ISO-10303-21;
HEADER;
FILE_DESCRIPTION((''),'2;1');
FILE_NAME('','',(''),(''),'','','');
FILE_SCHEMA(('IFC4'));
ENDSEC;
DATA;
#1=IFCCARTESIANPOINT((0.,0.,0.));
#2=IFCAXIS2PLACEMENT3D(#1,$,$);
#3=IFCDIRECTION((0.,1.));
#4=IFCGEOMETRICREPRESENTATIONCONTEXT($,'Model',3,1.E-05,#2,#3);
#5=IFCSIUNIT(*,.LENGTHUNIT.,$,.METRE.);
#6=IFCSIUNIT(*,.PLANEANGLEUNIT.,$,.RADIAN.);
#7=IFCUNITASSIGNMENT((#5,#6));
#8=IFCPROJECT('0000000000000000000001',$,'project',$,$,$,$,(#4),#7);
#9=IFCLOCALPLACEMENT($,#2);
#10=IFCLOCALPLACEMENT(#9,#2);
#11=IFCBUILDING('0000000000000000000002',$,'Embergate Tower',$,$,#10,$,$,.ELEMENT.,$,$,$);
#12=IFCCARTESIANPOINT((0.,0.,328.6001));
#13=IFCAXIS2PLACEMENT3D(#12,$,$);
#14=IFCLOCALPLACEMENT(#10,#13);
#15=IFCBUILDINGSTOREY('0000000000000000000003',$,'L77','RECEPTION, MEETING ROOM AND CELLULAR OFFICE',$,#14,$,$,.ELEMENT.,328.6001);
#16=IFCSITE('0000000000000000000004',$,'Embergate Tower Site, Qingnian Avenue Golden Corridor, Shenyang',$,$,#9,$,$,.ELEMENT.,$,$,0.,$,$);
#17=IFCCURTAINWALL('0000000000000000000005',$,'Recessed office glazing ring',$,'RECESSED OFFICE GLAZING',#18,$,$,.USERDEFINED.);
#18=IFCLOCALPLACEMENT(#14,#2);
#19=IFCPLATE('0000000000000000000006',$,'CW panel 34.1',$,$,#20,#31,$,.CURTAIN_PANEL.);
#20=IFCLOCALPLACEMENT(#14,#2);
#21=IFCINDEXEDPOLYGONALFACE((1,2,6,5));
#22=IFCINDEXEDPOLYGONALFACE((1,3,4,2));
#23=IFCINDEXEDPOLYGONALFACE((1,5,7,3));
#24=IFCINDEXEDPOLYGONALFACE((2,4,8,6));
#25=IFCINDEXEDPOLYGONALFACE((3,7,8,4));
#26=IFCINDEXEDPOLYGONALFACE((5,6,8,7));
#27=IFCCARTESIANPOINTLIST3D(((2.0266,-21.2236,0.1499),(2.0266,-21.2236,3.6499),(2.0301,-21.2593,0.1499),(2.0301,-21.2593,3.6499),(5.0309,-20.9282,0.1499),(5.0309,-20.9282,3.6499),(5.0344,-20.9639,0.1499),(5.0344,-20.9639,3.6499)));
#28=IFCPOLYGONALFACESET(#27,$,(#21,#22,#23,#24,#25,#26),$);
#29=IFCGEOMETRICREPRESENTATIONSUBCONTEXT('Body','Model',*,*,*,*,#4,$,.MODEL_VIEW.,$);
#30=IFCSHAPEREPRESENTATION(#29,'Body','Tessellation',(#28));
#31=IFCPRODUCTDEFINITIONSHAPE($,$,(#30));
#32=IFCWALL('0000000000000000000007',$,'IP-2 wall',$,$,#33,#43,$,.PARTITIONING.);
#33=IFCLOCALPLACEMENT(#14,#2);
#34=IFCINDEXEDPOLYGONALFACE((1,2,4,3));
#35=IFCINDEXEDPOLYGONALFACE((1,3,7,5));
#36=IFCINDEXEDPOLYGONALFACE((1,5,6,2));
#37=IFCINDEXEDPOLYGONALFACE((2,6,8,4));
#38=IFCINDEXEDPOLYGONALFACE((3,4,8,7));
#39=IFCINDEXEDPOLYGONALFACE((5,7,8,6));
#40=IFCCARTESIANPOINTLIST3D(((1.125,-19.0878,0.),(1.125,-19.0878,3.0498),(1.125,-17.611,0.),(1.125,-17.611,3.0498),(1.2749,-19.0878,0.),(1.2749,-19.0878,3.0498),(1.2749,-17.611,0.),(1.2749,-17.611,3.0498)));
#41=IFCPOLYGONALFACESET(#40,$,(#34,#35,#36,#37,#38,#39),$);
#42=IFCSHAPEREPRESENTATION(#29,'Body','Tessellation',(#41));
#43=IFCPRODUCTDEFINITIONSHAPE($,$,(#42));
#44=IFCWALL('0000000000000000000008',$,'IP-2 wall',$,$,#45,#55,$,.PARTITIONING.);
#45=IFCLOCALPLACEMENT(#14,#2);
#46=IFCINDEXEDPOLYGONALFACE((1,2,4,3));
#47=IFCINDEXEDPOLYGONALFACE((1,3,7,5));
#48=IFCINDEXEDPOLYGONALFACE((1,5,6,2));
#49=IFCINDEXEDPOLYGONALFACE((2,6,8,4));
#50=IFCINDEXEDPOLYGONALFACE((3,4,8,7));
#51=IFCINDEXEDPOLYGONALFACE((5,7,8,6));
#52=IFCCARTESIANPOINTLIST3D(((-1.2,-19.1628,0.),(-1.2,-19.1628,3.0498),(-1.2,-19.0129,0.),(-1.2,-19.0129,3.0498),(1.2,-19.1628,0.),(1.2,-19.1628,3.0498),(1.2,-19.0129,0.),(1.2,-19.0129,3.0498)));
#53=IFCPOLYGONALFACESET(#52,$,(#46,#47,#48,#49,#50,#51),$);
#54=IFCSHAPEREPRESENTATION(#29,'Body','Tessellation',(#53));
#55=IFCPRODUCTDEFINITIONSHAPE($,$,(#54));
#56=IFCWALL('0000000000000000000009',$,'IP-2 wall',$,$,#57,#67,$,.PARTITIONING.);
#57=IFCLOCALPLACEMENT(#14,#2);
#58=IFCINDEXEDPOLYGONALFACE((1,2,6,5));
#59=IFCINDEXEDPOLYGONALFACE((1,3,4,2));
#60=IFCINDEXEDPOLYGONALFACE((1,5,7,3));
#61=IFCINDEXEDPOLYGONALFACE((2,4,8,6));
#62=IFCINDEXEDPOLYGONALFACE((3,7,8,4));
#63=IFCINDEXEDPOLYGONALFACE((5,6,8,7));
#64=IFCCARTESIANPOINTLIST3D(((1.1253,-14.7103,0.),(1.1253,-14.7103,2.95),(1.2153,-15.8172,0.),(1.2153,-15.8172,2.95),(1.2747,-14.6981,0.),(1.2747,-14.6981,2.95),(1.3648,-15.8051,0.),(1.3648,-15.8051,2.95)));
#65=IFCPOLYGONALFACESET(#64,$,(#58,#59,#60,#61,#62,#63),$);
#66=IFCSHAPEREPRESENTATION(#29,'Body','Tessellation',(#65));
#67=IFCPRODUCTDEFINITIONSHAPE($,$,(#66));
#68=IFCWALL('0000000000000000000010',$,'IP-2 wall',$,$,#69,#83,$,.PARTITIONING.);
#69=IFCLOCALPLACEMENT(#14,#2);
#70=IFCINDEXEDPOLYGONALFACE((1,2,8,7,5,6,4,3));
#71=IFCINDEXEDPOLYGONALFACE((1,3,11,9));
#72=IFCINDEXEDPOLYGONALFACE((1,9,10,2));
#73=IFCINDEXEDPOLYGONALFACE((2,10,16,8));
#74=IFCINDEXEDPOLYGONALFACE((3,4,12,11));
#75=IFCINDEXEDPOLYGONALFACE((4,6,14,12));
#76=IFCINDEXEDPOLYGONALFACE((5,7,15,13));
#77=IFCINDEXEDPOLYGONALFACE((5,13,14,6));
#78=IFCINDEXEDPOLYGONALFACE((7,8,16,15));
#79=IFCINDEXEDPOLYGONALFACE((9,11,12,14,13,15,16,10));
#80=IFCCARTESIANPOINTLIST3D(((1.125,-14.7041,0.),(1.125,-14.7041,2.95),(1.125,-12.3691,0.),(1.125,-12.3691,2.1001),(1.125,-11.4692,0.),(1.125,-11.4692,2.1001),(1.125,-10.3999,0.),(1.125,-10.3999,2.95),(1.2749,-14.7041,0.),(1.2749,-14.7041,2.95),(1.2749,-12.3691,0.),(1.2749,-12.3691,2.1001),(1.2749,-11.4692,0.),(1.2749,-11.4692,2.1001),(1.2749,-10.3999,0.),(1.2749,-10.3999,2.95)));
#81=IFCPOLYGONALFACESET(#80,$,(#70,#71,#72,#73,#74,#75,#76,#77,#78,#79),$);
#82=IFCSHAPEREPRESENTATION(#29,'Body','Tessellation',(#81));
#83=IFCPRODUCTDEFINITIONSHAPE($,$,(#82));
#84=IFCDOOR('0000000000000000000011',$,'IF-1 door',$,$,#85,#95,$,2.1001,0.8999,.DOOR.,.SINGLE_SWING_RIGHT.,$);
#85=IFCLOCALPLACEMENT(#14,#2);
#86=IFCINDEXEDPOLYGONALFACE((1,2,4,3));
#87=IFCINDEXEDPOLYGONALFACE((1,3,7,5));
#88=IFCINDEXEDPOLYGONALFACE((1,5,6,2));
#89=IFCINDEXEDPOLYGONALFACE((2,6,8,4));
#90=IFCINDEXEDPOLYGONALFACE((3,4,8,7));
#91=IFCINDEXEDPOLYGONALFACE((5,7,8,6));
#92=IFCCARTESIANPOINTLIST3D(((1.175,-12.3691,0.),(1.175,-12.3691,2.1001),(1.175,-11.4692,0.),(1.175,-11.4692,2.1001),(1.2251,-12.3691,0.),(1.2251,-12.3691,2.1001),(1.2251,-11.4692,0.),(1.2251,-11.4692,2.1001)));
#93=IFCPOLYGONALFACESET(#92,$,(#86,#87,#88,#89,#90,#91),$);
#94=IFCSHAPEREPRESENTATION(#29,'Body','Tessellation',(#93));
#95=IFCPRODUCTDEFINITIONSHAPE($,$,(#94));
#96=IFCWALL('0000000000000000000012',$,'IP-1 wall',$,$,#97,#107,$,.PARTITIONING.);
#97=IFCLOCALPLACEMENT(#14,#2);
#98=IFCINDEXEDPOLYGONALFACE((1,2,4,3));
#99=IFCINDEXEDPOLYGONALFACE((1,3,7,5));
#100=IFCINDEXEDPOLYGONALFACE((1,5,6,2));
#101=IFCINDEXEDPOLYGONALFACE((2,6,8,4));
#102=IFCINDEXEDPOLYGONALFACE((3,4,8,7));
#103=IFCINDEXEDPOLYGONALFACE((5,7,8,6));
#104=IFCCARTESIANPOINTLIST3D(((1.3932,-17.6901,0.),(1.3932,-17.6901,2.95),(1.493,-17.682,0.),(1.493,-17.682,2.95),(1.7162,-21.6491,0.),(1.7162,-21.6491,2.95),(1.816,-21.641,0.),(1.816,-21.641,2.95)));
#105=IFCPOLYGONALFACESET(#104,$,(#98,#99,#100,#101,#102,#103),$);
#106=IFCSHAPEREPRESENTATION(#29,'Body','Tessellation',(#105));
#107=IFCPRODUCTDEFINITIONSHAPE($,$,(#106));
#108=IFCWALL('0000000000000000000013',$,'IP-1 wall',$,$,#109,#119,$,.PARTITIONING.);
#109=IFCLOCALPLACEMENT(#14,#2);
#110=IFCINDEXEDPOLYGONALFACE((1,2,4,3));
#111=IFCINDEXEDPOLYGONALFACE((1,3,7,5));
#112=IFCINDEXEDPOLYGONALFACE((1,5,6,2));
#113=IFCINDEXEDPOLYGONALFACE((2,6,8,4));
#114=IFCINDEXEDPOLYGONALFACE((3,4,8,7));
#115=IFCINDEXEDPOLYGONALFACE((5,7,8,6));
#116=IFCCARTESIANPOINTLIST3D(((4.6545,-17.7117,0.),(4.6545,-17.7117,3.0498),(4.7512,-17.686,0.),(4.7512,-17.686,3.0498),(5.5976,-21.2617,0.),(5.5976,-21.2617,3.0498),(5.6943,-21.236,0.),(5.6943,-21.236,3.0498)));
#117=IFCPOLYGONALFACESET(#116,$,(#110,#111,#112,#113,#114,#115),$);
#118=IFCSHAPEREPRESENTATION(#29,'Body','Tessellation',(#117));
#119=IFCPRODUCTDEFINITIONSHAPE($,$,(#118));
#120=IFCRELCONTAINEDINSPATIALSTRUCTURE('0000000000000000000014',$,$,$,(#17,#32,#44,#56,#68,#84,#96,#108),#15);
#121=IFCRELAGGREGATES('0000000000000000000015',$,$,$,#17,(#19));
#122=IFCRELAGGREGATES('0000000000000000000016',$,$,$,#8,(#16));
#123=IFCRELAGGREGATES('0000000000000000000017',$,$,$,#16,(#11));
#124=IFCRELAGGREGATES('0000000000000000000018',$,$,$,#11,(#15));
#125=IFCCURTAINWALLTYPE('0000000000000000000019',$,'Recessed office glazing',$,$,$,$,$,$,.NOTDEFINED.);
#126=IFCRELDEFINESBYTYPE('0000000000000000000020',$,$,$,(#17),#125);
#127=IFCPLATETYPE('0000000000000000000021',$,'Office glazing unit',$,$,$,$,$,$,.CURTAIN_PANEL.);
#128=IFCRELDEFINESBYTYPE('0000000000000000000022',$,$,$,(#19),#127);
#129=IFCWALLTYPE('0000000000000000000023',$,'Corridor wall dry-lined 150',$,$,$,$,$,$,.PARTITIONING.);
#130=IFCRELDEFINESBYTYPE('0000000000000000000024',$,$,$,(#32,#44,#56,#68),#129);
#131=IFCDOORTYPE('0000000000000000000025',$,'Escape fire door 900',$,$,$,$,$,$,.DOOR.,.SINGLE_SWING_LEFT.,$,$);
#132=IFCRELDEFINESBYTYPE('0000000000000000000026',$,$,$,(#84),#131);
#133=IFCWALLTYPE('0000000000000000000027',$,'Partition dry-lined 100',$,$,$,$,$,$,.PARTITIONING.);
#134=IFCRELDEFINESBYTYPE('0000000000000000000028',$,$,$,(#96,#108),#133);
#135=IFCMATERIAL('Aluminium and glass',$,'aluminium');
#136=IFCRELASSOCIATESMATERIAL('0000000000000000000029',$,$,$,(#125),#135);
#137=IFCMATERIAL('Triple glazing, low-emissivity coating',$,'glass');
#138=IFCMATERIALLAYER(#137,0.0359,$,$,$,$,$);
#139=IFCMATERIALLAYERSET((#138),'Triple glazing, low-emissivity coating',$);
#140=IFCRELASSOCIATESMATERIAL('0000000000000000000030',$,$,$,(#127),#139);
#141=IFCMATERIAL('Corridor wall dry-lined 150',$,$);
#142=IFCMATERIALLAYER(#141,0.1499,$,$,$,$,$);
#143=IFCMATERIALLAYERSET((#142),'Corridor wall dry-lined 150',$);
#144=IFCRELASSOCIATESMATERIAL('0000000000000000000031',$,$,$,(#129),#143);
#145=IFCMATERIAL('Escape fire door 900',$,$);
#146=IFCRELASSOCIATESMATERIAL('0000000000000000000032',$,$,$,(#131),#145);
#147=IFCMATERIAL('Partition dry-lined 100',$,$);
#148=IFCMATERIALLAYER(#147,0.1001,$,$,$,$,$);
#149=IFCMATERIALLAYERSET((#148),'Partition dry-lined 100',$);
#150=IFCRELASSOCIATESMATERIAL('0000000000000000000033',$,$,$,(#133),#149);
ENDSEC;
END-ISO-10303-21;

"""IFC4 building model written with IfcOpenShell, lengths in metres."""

from ifc_helpers import new_model, si_unit, direction, frame, frame_2d, origin, origin_2d, place, context, subcontext, project, spatial, rectangle, extrude, source, transform, mapped, material, layer, layer_set, type_object, element, fill, aggregate, save


model = new_model("IFC4")

# Units and contexts
model_context = context("Model", 3, precision=1e-05, world=origin(), true_north=direction((0.0, 1.0)))
body_context = subcontext(model_context, "Body", "Model", "MODEL_VIEW")
ifc_project = project(units=[si_unit("LENGTHUNIT", "METRE"), si_unit("PLANEANGLEUNIT", "RADIAN")], contexts=[model_context])

# Site, building, storey
site_placement = place(None, origin())
site = spatial("IfcSite", under=ifc_project, at=site_placement, Name="Embergate Tower Site, Qingnian Avenue Golden Corridor, Shenyang", CompositionType="ELEMENT", RefElevation=0.0)
building_placement = place(site_placement, origin())
building = spatial("IfcBuilding", under=site, at=building_placement, Name="Embergate Tower", CompositionType="ELEMENT")
storey_placement = place(building_placement, frame((0.0, 0.0, 328.6001)))
storey = spatial("IfcBuildingStorey", under=building, at=storey_placement, Name="L77", Description="RECEPTION, MEETING ROOM AND CELLULAR OFFICE", CompositionType="ELEMENT", Elevation=328.6001)

# Curtain wall, plate
ifc_material_1 = material(Name="Aluminium and glass", Category="aluminium")
curtain_wall_type = type_object("IfcCurtainWallType", Name="Recessed office glazing", PredefinedType="NOTDEFINED", material=ifc_material_1)
curtain_wall_placement = place(storey_placement, origin())
curtain_wall = element("IfcCurtainWall", 1, at=curtain_wall_placement, inside=storey, type_object=curtain_wall_type, Name="Recessed office glazing ring", ObjectType="RECESSED OFFICE GLAZING", PredefinedType="USERDEFINED")
ifc_material_2 = material(Name="Triple glazing, low-emissivity coating", Category="glass")
ifc_layer_1 = layer(ifc_material_2, 0.0359)
ifc_layer_set_1 = layer_set([ifc_layer_1], Name="Triple glazing, low-emissivity coating")
plate_type = type_object("IfcPlateType", Name="Office glazing unit", PredefinedType="CURTAIN_PANEL", material=ifc_layer_set_1)
shared_shape_1 = source(origin(), body_context, "Body", "SweptSolid", [
    extrude(rectangle(XDim=3.0188, YDim=0.0359, at=origin_2d()), origin(), (0.0, 0.0, 1.0), 3.5),
])
plate_placement = place(storey_placement, frame((3.5305, -21.0938, 0.1499), z_axis=(0.0, 0.0, 1.0), x_axis=(0.995203, 0.09783, 0.0)))
plate = element("IfcPlate", 2, at=plate_placement, type_object=plate_type, Name="CW panel 34.1", PredefinedType="CURTAIN_PANEL", context=body_context, shape_type="MappedRepresentation", body=[
    mapped(shared_shape_1, transform((0.0, 0.0, 0.0))),
])
aggregate(curtain_wall, [plate])

# Walls
ifc_material_3 = material(Name="Corridor wall dry-lined 150")
ifc_layer_2 = layer(ifc_material_3, 0.1499)
ifc_layer_set_2 = layer_set([ifc_layer_2], Name="Corridor wall dry-lined 150")
wall_type_1 = type_object("IfcWallType", Name="Corridor wall dry-lined 150", PredefinedType="PARTITIONING", material=ifc_layer_set_2)
shared_shape_2 = source(origin(), body_context, "Body", "SweptSolid", [
    extrude(rectangle(XDim=1.4768, YDim=0.1499, at=frame_2d((0.7383, 0.0))), origin(), (0.0, 0.0, 1.0), 3.0498),
])
wall_1_placement = place(storey_placement, frame((1.2, -17.6111, 0.0), z_axis=(0.0, 0.0, 1.0), x_axis=(0.0, -1.0, 0.0)))
element("IfcWall", 3, at=wall_1_placement, inside=storey, type_object=wall_type_1, Name="IP-2 wall", PredefinedType="PARTITIONING", context=body_context, shape_type="MappedRepresentation", body=[
    mapped(shared_shape_2, transform((0.0, 0.0, 0.0))),
])
shared_shape_3 = source(origin(), body_context, "Body", "SweptSolid", [
    extrude(rectangle(XDim=2.3999, YDim=0.1499, at=frame_2d((1.2, 0.0))), origin(), (0.0, 0.0, 1.0), 3.0498),
])
wall_2_placement = place(storey_placement, frame((1.2, -19.0879, 0.0), z_axis=(0.0, 0.0, 1.0), x_axis=(-1.0, 0.0, 0.0)))
element("IfcWall", 4, at=wall_2_placement, inside=storey, type_object=wall_type_1, Name="IP-2 wall", PredefinedType="PARTITIONING", context=body_context, shape_type="MappedRepresentation", body=[
    mapped(shared_shape_3, transform((0.0, 0.0, 0.0))),
])
shared_shape_4 = source(origin(), body_context, "Body", "SweptSolid", [
    extrude(rectangle(XDim=1.1106, YDim=0.1499, at=frame_2d((0.5552, 0.0))), origin(), (0.0, 0.0, 1.0), 2.95),
])
wall_3_placement = place(storey_placement, frame((1.29, -15.811, 0.0), z_axis=(0.0, 0.0, 1.0), x_axis=(-0.081117, 0.996705, 0.0)))
element("IfcWall", 5, at=wall_3_placement, inside=storey, type_object=wall_type_1, Name="IP-2 wall", PredefinedType="PARTITIONING", context=body_context, shape_type="MappedRepresentation", body=[
    mapped(shared_shape_4, transform((0.0, 0.0, 0.0))),
])

# Wall, opening, door
shared_shape_5 = source(origin(), body_context, "Body", "SweptSolid", [
    extrude(rectangle(XDim=4.3042, YDim=0.1499, at=frame_2d((2.1521, 0.0))), origin(), (0.0, 0.0, 1.0), 2.95),
])
wall_4_placement = place(storey_placement, frame((1.2, -14.7041, 0.0), z_axis=(0.0, 0.0, 1.0), x_axis=(0.0, 1.0, 0.0)))
wall_4 = element("IfcWall", 6, at=wall_4_placement, inside=storey, type_object=wall_type_1, Name="IP-2 wall", PredefinedType="PARTITIONING", context=body_context, shape_type="MappedRepresentation", body=[
    mapped(shared_shape_5, transform((0.0, 0.0, 0.0))),
])
shared_shape_6 = source(origin(), body_context, "Body", "SweptSolid", [
    extrude(rectangle(XDim=0.8999, YDim=2.1001, at=frame_2d((0.45, 1.05))), frame((0.0, 0.085, 0.0), z_axis=(0.0, -1.0, 0.0), x_axis=(1.0, 0.0, 0.0)), (0.0, 0.0, 1.0), 0.1699),
])
opening_placement = place(wall_4_placement, frame((2.335, 0.0, 0.0)))
opening = element("IfcOpeningElement", 7, at=opening_placement, cuts=wall_4, PredefinedType="OPENING", context=body_context, shape_type="MappedRepresentation", body=[
    mapped(shared_shape_6, transform((0.0, 0.0, 0.0))),
])
ifc_material_4 = material(Name="Escape fire door 900")
door_type = type_object("IfcDoorType", Name="Escape fire door 900", OperationType="SINGLE_SWING_LEFT", PredefinedType="DOOR", material=ifc_material_4)
shared_shape_7 = source(origin(), body_context, "Body", "SweptSolid", [
    extrude(rectangle(XDim=0.8999, YDim=2.1001, at=frame_2d((0.45, 1.05))), frame((0.0, 0.0249, 0.0), z_axis=(0.0, -1.0, 0.0), x_axis=(1.0, 0.0, 0.0)), (0.0, 0.0, 1.0), 0.05),
])
door_placement = place(opening_placement, origin())
door = element("IfcDoor", 8, at=door_placement, inside=storey, type_object=door_type, Name="IF-1 door", OperationType="SINGLE_SWING_RIGHT", OverallHeight=2.1001, OverallWidth=0.8999, PredefinedType="DOOR", context=body_context, shape_type="MappedRepresentation", body=[
    mapped(shared_shape_7, transform((0.0, 0.0, 0.0))),
])
fill(opening, door)

# Walls
ifc_material_5 = material(Name="Partition dry-lined 100")
ifc_layer_3 = layer(ifc_material_5, 0.1001)
ifc_layer_set_3 = layer_set([ifc_layer_3], Name="Partition dry-lined 100")
wall_type_2 = type_object("IfcWallType", Name="Partition dry-lined 100", PredefinedType="PARTITIONING", material=ifc_layer_set_3)
shared_shape_8 = source(origin(), body_context, "Body", "SweptSolid", [
    extrude(rectangle(XDim=3.9722, YDim=0.1001, at=frame_2d((1.9861, 0.0))), origin(), (0.0, 0.0, 1.0), 2.95),
])
wall_5_placement = place(storey_placement, frame((1.4431, -17.686, 0.0), z_axis=(0.0, 0.0, 1.0), x_axis=(0.081316, -0.996688, 0.0)))
element("IfcWall", 9, at=wall_5_placement, inside=storey, type_object=wall_type_2, Name="IP-1 wall", PredefinedType="PARTITIONING", context=body_context, shape_type="MappedRepresentation", body=[
    mapped(shared_shape_8, transform((0.0, 0.0, 0.0))),
])
shared_shape_9 = source(origin(), body_context, "Body", "SweptSolid", [
    extrude(rectangle(XDim=3.6731, YDim=0.1001, at=frame_2d((1.8364, 0.0))), origin(), (0.0, 0.0, 1.0), 3.0498),
])
wall_6_placement = place(storey_placement, frame((4.7029, -17.699, 0.0), z_axis=(0.0, 0.0, 1.0), x_axis=(0.256757, -0.966476, 0.0)))
element("IfcWall", 10, at=wall_6_placement, inside=storey, type_object=wall_type_2, Name="IP-1 wall", PredefinedType="PARTITIONING", context=body_context, shape_type="MappedRepresentation", body=[
    mapped(shared_shape_9, transform((0.0, 0.0, 0.0))),
])

save(model, "model.ifc")
